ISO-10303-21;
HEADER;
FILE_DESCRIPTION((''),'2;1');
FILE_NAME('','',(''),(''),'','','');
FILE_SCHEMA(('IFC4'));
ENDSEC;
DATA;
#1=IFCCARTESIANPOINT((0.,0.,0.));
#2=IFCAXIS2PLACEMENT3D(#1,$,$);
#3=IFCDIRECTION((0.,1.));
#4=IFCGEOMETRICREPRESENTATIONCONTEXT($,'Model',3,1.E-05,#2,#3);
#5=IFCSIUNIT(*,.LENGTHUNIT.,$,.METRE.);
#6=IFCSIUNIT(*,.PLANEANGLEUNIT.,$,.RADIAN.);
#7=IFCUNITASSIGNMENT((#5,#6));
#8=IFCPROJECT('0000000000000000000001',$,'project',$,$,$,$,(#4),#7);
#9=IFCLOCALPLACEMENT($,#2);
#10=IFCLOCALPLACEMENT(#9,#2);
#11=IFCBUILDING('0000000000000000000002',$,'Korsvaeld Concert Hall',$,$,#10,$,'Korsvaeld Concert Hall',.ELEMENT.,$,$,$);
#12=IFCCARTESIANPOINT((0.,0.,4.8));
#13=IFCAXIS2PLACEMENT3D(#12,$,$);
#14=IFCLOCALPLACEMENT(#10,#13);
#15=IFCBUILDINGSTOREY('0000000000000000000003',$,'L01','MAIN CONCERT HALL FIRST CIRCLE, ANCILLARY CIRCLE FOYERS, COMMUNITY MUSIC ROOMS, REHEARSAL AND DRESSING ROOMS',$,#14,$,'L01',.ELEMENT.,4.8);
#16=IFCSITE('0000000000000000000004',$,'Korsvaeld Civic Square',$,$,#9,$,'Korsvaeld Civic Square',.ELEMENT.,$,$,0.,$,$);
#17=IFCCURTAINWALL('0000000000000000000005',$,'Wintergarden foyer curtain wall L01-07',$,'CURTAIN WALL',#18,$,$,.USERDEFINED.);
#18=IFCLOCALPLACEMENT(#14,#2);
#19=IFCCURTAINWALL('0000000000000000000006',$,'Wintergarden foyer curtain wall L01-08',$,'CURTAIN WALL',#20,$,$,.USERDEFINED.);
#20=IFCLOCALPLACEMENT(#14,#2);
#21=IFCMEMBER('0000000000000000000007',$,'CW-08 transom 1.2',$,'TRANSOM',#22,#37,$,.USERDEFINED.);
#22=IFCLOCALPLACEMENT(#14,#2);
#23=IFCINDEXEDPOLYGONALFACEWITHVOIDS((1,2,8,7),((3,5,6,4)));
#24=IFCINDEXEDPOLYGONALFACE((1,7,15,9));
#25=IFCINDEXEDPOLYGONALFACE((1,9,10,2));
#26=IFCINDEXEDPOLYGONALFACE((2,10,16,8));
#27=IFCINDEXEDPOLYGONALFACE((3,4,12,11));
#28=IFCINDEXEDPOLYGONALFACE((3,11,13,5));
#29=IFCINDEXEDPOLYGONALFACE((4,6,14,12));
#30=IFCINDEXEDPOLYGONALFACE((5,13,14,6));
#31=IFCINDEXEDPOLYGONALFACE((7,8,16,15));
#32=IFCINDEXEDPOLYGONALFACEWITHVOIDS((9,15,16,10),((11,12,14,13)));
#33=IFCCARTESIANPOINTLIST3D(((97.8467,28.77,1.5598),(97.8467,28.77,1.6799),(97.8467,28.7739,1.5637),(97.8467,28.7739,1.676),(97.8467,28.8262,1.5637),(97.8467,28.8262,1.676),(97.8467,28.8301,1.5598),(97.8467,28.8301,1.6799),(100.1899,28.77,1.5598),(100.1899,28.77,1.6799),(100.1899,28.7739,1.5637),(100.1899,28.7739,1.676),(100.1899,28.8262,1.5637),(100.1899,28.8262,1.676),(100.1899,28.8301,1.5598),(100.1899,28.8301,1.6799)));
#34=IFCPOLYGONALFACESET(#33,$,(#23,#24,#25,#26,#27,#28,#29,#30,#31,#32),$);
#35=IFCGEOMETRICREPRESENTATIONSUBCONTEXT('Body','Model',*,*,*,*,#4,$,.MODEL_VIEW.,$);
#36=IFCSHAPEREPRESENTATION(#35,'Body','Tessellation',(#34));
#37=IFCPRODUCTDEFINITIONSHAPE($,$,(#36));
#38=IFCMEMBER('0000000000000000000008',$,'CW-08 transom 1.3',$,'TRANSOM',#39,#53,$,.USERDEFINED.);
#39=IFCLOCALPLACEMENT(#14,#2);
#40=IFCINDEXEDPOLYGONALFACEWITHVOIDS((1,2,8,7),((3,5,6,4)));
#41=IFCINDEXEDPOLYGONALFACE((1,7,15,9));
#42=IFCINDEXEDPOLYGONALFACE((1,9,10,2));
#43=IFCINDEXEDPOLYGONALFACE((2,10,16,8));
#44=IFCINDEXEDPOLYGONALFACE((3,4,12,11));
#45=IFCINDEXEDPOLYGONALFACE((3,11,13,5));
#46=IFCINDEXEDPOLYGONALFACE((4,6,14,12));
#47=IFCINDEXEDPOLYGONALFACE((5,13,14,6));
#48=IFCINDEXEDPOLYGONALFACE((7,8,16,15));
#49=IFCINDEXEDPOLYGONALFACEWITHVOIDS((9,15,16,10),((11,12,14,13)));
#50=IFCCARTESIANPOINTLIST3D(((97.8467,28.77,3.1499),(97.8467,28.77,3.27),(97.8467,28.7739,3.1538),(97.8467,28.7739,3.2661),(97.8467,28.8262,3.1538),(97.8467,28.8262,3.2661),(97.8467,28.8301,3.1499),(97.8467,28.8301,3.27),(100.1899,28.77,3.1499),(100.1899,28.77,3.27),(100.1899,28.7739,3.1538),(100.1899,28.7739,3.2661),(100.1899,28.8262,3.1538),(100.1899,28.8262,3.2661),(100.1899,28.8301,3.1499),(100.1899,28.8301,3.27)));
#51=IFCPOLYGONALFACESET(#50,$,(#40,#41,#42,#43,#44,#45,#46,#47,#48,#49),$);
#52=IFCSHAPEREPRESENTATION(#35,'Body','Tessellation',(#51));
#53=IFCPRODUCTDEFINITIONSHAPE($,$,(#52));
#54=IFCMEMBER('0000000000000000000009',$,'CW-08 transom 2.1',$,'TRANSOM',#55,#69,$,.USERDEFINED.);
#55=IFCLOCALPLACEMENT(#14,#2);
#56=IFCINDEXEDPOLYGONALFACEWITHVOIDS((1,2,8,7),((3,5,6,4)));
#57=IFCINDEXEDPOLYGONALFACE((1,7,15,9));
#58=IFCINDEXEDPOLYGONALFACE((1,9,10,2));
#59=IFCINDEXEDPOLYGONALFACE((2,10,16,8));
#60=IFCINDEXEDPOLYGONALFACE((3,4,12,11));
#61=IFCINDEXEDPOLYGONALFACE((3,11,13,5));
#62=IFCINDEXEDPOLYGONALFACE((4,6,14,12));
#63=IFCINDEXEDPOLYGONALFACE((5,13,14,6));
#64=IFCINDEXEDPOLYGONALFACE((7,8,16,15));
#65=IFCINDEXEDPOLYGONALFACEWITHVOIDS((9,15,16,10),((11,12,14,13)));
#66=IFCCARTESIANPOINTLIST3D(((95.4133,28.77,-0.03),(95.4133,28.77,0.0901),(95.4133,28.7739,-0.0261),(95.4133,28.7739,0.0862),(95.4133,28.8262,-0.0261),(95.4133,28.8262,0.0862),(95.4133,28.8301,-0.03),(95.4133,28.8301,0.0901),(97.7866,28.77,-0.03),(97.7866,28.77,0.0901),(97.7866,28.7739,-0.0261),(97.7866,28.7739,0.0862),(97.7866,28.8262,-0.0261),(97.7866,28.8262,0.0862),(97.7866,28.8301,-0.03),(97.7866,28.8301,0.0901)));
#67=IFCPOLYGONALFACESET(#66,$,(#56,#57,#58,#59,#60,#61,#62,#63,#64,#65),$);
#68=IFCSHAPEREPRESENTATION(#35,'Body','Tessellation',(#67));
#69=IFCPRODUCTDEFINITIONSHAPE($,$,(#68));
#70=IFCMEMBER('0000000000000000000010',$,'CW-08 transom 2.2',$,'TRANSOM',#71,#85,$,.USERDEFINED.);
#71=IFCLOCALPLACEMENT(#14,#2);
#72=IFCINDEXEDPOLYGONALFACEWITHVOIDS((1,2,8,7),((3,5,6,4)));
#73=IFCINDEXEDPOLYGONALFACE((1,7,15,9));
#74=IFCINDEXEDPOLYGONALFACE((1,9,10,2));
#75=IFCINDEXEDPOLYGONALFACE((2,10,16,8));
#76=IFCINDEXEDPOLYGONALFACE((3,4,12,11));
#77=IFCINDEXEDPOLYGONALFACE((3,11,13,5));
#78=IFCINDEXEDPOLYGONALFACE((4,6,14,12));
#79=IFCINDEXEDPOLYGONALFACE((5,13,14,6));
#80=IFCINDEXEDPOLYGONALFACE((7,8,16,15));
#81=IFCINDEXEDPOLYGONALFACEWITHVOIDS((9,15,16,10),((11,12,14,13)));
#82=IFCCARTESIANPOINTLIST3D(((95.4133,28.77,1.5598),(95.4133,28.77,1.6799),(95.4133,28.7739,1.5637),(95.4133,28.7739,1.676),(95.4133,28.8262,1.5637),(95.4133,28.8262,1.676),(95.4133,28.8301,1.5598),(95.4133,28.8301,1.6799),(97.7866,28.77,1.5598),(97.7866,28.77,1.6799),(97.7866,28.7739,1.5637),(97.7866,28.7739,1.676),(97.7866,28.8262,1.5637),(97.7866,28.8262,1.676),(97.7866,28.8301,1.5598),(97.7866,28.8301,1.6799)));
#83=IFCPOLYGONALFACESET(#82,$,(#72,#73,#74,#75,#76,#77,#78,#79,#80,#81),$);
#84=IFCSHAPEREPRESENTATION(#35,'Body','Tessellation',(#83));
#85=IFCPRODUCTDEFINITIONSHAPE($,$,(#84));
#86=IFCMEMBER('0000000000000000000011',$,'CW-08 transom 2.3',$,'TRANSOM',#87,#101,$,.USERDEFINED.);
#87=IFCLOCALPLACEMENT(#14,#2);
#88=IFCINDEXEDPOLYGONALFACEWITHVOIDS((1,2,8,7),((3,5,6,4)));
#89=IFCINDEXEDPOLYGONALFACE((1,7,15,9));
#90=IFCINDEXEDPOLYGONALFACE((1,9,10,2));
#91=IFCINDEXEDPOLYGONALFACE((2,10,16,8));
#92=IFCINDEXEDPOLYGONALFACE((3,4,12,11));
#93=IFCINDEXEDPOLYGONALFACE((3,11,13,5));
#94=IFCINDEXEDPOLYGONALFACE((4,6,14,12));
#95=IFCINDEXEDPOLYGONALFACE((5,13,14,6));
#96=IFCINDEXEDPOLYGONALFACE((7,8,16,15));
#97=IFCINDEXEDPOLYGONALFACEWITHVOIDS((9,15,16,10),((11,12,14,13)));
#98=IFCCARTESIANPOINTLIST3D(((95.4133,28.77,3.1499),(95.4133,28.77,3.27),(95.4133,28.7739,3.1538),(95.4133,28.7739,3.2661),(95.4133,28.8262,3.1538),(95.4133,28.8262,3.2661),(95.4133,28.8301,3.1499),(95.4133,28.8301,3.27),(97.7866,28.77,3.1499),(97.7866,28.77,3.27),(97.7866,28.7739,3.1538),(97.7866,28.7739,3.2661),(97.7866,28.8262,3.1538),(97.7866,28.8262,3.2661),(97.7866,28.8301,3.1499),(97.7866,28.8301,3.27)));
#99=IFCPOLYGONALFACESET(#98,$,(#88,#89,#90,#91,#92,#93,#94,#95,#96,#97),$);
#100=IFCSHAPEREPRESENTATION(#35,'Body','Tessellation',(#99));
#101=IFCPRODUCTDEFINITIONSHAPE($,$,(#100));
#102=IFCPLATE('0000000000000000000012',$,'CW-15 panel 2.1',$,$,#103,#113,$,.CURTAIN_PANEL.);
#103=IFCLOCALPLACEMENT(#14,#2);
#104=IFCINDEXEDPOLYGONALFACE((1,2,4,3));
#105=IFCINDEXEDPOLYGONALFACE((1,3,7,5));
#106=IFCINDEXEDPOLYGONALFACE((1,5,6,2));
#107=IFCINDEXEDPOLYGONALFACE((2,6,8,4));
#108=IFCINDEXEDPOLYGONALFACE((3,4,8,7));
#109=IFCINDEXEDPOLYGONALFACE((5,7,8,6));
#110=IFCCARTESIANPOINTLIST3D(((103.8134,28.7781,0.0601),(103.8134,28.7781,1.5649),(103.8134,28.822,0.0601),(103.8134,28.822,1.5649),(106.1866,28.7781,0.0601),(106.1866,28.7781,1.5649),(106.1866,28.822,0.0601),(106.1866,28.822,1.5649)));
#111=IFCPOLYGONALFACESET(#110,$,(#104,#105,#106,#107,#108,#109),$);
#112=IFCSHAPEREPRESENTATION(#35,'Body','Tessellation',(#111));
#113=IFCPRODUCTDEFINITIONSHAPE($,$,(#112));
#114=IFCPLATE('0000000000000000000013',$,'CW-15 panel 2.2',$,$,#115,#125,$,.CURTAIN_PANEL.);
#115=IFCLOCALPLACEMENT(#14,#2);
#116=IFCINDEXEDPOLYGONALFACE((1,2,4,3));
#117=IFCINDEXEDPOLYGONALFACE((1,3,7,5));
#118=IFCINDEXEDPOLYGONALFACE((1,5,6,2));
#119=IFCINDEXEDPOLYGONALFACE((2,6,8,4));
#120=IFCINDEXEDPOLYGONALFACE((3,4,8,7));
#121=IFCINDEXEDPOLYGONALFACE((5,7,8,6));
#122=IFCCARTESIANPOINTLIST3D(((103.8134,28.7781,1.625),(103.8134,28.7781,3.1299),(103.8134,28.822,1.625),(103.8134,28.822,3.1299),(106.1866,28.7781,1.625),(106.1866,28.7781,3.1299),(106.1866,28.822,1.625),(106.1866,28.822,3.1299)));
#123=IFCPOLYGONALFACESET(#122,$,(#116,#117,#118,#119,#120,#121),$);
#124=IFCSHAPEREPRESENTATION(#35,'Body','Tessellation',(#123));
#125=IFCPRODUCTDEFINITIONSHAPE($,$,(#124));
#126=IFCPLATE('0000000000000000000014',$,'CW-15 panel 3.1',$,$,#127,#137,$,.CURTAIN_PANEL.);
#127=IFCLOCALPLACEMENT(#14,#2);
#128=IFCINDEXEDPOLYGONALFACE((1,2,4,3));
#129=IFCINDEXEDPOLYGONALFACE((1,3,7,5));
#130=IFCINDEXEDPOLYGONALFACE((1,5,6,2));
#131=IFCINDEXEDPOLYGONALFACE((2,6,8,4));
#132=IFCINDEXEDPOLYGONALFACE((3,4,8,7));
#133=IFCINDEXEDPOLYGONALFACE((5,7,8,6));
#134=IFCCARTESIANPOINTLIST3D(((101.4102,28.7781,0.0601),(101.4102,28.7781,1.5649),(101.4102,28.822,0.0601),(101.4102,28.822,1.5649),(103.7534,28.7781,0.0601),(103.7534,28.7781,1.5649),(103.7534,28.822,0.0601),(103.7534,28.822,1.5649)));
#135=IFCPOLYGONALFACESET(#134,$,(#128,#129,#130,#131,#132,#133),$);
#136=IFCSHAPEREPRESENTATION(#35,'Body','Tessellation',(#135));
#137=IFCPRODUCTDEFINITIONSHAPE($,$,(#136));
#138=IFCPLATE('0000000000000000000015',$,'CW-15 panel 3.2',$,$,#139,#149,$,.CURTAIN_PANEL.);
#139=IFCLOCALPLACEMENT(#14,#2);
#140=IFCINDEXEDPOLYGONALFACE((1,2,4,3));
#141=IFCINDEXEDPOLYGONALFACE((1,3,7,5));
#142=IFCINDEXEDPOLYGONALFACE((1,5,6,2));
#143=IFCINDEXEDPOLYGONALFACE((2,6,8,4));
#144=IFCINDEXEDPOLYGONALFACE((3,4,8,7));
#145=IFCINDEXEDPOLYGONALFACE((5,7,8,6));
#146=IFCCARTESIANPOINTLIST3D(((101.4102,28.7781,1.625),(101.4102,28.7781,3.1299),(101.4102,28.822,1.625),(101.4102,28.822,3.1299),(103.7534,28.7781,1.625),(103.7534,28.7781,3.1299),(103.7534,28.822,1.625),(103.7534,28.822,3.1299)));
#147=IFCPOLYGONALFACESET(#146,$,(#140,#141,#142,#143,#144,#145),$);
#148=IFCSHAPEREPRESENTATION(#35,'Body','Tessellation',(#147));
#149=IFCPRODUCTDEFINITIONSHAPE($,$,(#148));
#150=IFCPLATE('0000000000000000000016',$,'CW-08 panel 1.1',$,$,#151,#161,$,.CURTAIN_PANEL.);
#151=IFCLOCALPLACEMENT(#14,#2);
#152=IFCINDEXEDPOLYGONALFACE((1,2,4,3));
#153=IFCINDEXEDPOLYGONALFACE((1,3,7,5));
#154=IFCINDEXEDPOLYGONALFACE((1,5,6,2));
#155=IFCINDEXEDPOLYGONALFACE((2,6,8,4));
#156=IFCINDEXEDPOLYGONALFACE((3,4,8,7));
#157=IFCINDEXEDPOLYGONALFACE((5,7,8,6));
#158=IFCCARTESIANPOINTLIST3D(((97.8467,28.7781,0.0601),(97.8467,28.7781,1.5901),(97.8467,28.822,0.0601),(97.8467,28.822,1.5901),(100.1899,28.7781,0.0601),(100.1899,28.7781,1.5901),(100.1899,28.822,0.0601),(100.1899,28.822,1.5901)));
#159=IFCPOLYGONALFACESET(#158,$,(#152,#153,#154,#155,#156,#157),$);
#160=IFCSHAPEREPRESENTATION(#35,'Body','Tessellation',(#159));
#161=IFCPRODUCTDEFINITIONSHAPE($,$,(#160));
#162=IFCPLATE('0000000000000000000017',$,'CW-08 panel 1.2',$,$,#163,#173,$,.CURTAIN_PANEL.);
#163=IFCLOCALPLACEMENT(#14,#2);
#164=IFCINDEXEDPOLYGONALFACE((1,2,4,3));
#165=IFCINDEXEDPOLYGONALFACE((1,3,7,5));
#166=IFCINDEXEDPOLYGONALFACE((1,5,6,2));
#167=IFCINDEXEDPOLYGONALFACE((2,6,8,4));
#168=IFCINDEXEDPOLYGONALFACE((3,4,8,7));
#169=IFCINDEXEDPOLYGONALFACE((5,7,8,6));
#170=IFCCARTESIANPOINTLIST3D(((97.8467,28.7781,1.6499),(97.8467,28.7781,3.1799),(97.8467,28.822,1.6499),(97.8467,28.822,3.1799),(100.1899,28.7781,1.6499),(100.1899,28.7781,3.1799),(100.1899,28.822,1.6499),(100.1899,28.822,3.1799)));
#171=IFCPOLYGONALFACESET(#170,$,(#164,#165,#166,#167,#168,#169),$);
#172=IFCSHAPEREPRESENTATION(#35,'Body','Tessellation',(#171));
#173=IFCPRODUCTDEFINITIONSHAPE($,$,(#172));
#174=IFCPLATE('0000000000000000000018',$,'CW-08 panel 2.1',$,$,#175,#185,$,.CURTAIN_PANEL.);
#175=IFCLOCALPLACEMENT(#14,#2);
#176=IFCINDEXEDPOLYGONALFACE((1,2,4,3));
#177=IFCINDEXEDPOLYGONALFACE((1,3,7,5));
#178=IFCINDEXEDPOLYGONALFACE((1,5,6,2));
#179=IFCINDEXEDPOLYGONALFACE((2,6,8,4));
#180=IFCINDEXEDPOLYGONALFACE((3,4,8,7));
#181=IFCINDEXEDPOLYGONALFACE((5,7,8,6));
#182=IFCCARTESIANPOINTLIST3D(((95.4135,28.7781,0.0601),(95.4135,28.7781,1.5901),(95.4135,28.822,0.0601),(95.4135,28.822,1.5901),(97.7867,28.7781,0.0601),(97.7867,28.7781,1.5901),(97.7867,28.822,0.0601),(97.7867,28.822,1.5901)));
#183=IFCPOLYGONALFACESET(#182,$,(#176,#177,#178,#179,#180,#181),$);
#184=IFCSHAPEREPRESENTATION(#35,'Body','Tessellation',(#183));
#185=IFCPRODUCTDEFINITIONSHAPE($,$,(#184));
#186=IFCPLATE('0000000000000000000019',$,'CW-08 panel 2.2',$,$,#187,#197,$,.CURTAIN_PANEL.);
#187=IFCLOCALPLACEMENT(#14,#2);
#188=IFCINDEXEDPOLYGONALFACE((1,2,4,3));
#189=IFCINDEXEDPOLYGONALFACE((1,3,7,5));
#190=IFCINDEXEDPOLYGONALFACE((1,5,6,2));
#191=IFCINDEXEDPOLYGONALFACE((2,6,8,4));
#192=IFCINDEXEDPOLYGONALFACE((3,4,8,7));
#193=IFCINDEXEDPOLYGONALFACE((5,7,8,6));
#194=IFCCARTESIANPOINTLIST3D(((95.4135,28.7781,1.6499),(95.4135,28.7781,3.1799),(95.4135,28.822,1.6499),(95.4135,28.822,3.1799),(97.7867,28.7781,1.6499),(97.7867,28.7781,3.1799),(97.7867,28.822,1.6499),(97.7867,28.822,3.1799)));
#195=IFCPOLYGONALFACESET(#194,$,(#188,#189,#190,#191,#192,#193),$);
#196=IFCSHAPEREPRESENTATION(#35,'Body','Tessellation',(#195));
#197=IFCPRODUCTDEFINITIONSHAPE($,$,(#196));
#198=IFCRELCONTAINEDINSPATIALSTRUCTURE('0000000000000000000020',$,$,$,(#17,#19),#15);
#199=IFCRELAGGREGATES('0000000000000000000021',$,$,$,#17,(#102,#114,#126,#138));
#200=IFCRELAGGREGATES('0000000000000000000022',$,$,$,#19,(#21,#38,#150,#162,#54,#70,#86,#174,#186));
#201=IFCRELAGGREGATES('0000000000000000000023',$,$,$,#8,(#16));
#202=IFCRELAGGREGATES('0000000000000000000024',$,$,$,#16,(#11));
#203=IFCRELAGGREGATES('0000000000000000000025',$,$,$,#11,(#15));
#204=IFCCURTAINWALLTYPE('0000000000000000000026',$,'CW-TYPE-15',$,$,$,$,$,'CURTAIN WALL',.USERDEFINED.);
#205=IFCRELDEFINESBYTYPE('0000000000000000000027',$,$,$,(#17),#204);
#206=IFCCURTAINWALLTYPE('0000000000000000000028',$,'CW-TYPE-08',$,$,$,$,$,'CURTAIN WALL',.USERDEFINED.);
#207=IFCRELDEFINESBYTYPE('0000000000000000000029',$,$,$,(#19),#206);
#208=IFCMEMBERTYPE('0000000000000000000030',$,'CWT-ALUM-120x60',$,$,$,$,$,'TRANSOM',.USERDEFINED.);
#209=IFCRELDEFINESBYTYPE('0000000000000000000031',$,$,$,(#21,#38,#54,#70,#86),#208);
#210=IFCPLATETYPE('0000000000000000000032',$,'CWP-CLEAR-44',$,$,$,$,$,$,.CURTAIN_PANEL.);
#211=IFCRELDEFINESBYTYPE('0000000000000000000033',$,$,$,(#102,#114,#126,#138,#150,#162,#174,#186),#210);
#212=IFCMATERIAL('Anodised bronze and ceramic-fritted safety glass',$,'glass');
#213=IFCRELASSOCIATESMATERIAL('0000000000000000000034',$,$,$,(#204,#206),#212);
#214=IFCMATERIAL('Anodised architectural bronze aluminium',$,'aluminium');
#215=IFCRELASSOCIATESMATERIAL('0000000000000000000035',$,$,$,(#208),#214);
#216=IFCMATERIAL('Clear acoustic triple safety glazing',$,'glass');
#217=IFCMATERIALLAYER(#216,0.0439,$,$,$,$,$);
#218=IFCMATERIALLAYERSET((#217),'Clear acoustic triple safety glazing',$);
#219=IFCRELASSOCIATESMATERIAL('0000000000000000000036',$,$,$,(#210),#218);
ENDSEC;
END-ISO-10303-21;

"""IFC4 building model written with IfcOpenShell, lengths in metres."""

from ifc_helpers import new_model, si_unit, direction, frame, origin, origin_2d, place, context, subcontext, project, spatial, rectangle, hollow_rectangle, extrude, material, layer, layer_set, material_profile, profile_set, type_object, element, aggregate, save


model = new_model("IFC4")

# Units and contexts
model_context = context("Model", 3, precision=1e-05, world=origin(), true_north=direction((0.0, 1.0)))
body_context = subcontext(model_context, "Body", "Model", "MODEL_VIEW")
ifc_project = project(units=[si_unit("LENGTHUNIT", "METRE"), si_unit("PLANEANGLEUNIT", "RADIAN")], contexts=[model_context])

# Site, building, storey
site_placement = place(None, origin())
site = spatial("IfcSite", under=ifc_project, at=site_placement, Name="Korsvaeld Civic Square", LongName="Korsvaeld Civic Square", CompositionType="ELEMENT", RefElevation=0.0)
building_placement = place(site_placement, origin())
building = spatial("IfcBuilding", under=site, at=building_placement, Name="Korsvaeld Concert Hall", LongName="Korsvaeld Concert Hall", CompositionType="ELEMENT")
storey_placement = place(building_placement, frame((0.0, 0.0, 4.8)))
storey = spatial("IfcBuildingStorey", under=building, at=storey_placement, Name="L01", Description="MAIN CONCERT HALL FIRST CIRCLE, ANCILLARY CIRCLE FOYERS, COMMUNITY MUSIC ROOMS, REHEARSAL AND DRESSING ROOMS", LongName="L01", CompositionType="ELEMENT", Elevation=4.8)

# Curtain walls
ifc_material_1 = material(Name="Anodised bronze and ceramic-fritted safety glass", Category="glass")
curtain_wall_type_1 = type_object("IfcCurtainWallType", Name="CW-TYPE-15", ElementType="CURTAIN WALL", PredefinedType="USERDEFINED", material=ifc_material_1)
curtain_wall_1_placement = place(storey_placement, origin())
curtain_wall_1 = element("IfcCurtainWall", 1, at=curtain_wall_1_placement, inside=storey, type_object=curtain_wall_type_1, Name="Wintergarden foyer curtain wall L01-07", ObjectType="CURTAIN WALL", PredefinedType="USERDEFINED")
ifc_material_2 = material(Name="Anodised architectural bronze aluminium", Category="aluminium")
curtain_wall_type_2 = type_object("IfcCurtainWallType", Name="CW-TYPE-08", ElementType="CURTAIN WALL", PredefinedType="USERDEFINED", material=ifc_material_1)
curtain_wall_2_placement = place(storey_placement, origin())
curtain_wall_2 = element("IfcCurtainWall", 2, at=curtain_wall_2_placement, inside=storey, type_object=curtain_wall_type_2, Name="Wintergarden foyer curtain wall L01-08", ObjectType="CURTAIN WALL", PredefinedType="USERDEFINED")

# Members
ifc_material_profile_1 = material_profile(ifc_material_2, hollow_rectangle(XDim=0.0601, YDim=0.1201, WallThickness=0.0039, at=origin_2d()), Name="CWT 120x60x4")
ifc_profile_set_1 = profile_set([ifc_material_profile_1], Name="Anodised architectural bronze aluminium")
member_type_1 = type_object("IfcMemberType", Name="CWT-ALUM-120x60", ElementType="TRANSOM", PredefinedType="USERDEFINED", material=ifc_profile_set_1)
member_1_placement = place(storey_placement, frame((100.1899, 28.8, 1.6199), z_axis=(-1.0, 0.0, 0.0), x_axis=(0.0, -1.0, 0.0)))
member_1 = element("IfcMember", 3, at=member_1_placement, type_object=member_type_1, Name="CW-08 transom 1.2", ObjectType="TRANSOM", PredefinedType="USERDEFINED", context=body_context, shape_type="SweptSolid", body=[
    extrude(hollow_rectangle(XDim=0.0601, YDim=0.1201, WallThickness=0.0039, at=origin_2d()), origin(), (0.0, 0.0, 1.0), 2.3433),
])
member_2_placement = place(storey_placement, frame((100.1899, 28.8, 3.21), z_axis=(-1.0, 0.0, 0.0), x_axis=(0.0, -1.0, 0.0)))
member_2 = element("IfcMember", 4, at=member_2_placement, type_object=member_type_1, Name="CW-08 transom 1.3", ObjectType="TRANSOM", PredefinedType="USERDEFINED", context=body_context, shape_type="SweptSolid", body=[
    extrude(hollow_rectangle(XDim=0.0601, YDim=0.1201, WallThickness=0.0039, at=origin_2d()), origin(), (0.0, 0.0, 1.0), 2.3433),
])
member_3_placement = place(storey_placement, frame((97.7866, 28.8, 0.03), z_axis=(-1.0, 0.0, 0.0), x_axis=(0.0, -1.0, 0.0)))
member_3 = element("IfcMember", 5, at=member_3_placement, type_object=member_type_1, Name="CW-08 transom 2.1", ObjectType="TRANSOM", PredefinedType="USERDEFINED", context=body_context, shape_type="SweptSolid", body=[
    extrude(hollow_rectangle(XDim=0.0601, YDim=0.1201, WallThickness=0.0039, at=origin_2d()), origin(), (0.0, 0.0, 1.0), 2.3733),
])
member_4_placement = place(storey_placement, frame((97.7866, 28.8, 1.6199), z_axis=(-1.0, 0.0, 0.0), x_axis=(0.0, -1.0, 0.0)))
member_4 = element("IfcMember", 6, at=member_4_placement, type_object=member_type_1, Name="CW-08 transom 2.2", ObjectType="TRANSOM", PredefinedType="USERDEFINED", context=body_context, shape_type="SweptSolid", body=[
    extrude(hollow_rectangle(XDim=0.0601, YDim=0.1201, WallThickness=0.0039, at=origin_2d()), origin(), (0.0, 0.0, 1.0), 2.3733),
])
member_5_placement = place(storey_placement, frame((97.7866, 28.8, 3.21), z_axis=(-1.0, 0.0, 0.0), x_axis=(0.0, -1.0, 0.0)))
member_5 = element("IfcMember", 7, at=member_5_placement, type_object=member_type_1, Name="CW-08 transom 2.3", ObjectType="TRANSOM", PredefinedType="USERDEFINED", context=body_context, shape_type="SweptSolid", body=[
    extrude(hollow_rectangle(XDim=0.0601, YDim=0.1201, WallThickness=0.0039, at=origin_2d()), origin(), (0.0, 0.0, 1.0), 2.3733),
])

# Plates
ifc_material_3 = material(Name="Clear acoustic triple safety glazing", Category="glass")
ifc_layer = layer(ifc_material_3, 0.0439)
ifc_layer_set = layer_set([ifc_layer], Name="Clear acoustic triple safety glazing")
plate_type = type_object("IfcPlateType", Name="CWP-CLEAR-44", PredefinedType="CURTAIN_PANEL", material=ifc_layer_set)
plate_1_placement = place(storey_placement, frame((105.0, 28.8, 0.0601), z_axis=(0.0, 0.0, 1.0), x_axis=(-1.0, 0.0, 0.0)))
plate_1 = element("IfcPlate", 8, at=plate_1_placement, type_object=plate_type, Name="CW-15 panel 2.1", PredefinedType="CURTAIN_PANEL", context=body_context, shape_type="SweptSolid", body=[
    extrude(rectangle(XDim=2.3733, YDim=0.0439, at=origin_2d()), origin(), (0.0, 0.0, 1.0), 1.5049),
])
plate_2_placement = place(storey_placement, frame((105.0, 28.8, 1.625), z_axis=(0.0, 0.0, 1.0), x_axis=(-1.0, 0.0, 0.0)))
plate_2 = element("IfcPlate", 9, at=plate_2_placement, type_object=plate_type, Name="CW-15 panel 2.2", PredefinedType="CURTAIN_PANEL", context=body_context, shape_type="SweptSolid", body=[
    extrude(rectangle(XDim=2.3733, YDim=0.0439, at=origin_2d()), origin(), (0.0, 0.0, 1.0), 1.5049),
])
plate_3_placement = place(storey_placement, frame((102.5818, 28.8, 0.0601), z_axis=(0.0, 0.0, 1.0), x_axis=(-1.0, 0.0, 0.0)))
plate_3 = element("IfcPlate", 10, at=plate_3_placement, type_object=plate_type, Name="CW-15 panel 3.1", PredefinedType="CURTAIN_PANEL", context=body_context, shape_type="SweptSolid", body=[
    extrude(rectangle(XDim=2.3433, YDim=0.0439, at=origin_2d()), origin(), (0.0, 0.0, 1.0), 1.5049),
])
plate_4_placement = place(storey_placement, frame((102.5818, 28.8, 1.625), z_axis=(0.0, 0.0, 1.0), x_axis=(-1.0, 0.0, 0.0)))
plate_4 = element("IfcPlate", 11, at=plate_4_placement, type_object=plate_type, Name="CW-15 panel 3.2", PredefinedType="CURTAIN_PANEL", context=body_context, shape_type="SweptSolid", body=[
    extrude(rectangle(XDim=2.3433, YDim=0.0439, at=origin_2d()), origin(), (0.0, 0.0, 1.0), 1.5049),
])
aggregate(curtain_wall_1, [plate_1, plate_2, plate_3, plate_4])
plate_5_placement = place(storey_placement, frame((99.0183, 28.8, 0.0601), z_axis=(0.0, 0.0, 1.0), x_axis=(-1.0, 0.0, 0.0)))
plate_5 = element("IfcPlate", 12, at=plate_5_placement, type_object=plate_type, Name="CW-08 panel 1.1", PredefinedType="CURTAIN_PANEL", context=body_context, shape_type="SweptSolid", body=[
    extrude(rectangle(XDim=2.3433, YDim=0.0439, at=origin_2d()), origin(), (0.0, 0.0, 1.0), 1.53),
])
plate_6_placement = place(storey_placement, frame((99.0183, 28.8, 1.6499), z_axis=(0.0, 0.0, 1.0), x_axis=(-1.0, 0.0, 0.0)))
plate_6 = element("IfcPlate", 13, at=plate_6_placement, type_object=plate_type, Name="CW-08 panel 1.2", PredefinedType="CURTAIN_PANEL", context=body_context, shape_type="SweptSolid", body=[
    extrude(rectangle(XDim=2.3433, YDim=0.0439, at=origin_2d()), origin(), (0.0, 0.0, 1.0), 1.53),
])
plate_7_placement = place(storey_placement, frame((96.6001, 28.8, 0.0601), z_axis=(0.0, 0.0, 1.0), x_axis=(-1.0, 0.0, 0.0)))
plate_7 = element("IfcPlate", 14, at=plate_7_placement, type_object=plate_type, Name="CW-08 panel 2.1", PredefinedType="CURTAIN_PANEL", context=body_context, shape_type="SweptSolid", body=[
    extrude(rectangle(XDim=2.3733, YDim=0.0439, at=origin_2d()), origin(), (0.0, 0.0, 1.0), 1.53),
])
plate_8_placement = place(storey_placement, frame((96.6001, 28.8, 1.6499), z_axis=(0.0, 0.0, 1.0), x_axis=(-1.0, 0.0, 0.0)))
plate_8 = element("IfcPlate", 15, at=plate_8_placement, type_object=plate_type, Name="CW-08 panel 2.2", PredefinedType="CURTAIN_PANEL", context=body_context, shape_type="SweptSolid", body=[
    extrude(rectangle(XDim=2.3733, YDim=0.0439, at=origin_2d()), origin(), (0.0, 0.0, 1.0), 1.53),
])
aggregate(curtain_wall_2, [member_1, member_2, plate_5, plate_6, member_3, member_4, member_5, plate_7, plate_8])

save(model, "model.ifc")
